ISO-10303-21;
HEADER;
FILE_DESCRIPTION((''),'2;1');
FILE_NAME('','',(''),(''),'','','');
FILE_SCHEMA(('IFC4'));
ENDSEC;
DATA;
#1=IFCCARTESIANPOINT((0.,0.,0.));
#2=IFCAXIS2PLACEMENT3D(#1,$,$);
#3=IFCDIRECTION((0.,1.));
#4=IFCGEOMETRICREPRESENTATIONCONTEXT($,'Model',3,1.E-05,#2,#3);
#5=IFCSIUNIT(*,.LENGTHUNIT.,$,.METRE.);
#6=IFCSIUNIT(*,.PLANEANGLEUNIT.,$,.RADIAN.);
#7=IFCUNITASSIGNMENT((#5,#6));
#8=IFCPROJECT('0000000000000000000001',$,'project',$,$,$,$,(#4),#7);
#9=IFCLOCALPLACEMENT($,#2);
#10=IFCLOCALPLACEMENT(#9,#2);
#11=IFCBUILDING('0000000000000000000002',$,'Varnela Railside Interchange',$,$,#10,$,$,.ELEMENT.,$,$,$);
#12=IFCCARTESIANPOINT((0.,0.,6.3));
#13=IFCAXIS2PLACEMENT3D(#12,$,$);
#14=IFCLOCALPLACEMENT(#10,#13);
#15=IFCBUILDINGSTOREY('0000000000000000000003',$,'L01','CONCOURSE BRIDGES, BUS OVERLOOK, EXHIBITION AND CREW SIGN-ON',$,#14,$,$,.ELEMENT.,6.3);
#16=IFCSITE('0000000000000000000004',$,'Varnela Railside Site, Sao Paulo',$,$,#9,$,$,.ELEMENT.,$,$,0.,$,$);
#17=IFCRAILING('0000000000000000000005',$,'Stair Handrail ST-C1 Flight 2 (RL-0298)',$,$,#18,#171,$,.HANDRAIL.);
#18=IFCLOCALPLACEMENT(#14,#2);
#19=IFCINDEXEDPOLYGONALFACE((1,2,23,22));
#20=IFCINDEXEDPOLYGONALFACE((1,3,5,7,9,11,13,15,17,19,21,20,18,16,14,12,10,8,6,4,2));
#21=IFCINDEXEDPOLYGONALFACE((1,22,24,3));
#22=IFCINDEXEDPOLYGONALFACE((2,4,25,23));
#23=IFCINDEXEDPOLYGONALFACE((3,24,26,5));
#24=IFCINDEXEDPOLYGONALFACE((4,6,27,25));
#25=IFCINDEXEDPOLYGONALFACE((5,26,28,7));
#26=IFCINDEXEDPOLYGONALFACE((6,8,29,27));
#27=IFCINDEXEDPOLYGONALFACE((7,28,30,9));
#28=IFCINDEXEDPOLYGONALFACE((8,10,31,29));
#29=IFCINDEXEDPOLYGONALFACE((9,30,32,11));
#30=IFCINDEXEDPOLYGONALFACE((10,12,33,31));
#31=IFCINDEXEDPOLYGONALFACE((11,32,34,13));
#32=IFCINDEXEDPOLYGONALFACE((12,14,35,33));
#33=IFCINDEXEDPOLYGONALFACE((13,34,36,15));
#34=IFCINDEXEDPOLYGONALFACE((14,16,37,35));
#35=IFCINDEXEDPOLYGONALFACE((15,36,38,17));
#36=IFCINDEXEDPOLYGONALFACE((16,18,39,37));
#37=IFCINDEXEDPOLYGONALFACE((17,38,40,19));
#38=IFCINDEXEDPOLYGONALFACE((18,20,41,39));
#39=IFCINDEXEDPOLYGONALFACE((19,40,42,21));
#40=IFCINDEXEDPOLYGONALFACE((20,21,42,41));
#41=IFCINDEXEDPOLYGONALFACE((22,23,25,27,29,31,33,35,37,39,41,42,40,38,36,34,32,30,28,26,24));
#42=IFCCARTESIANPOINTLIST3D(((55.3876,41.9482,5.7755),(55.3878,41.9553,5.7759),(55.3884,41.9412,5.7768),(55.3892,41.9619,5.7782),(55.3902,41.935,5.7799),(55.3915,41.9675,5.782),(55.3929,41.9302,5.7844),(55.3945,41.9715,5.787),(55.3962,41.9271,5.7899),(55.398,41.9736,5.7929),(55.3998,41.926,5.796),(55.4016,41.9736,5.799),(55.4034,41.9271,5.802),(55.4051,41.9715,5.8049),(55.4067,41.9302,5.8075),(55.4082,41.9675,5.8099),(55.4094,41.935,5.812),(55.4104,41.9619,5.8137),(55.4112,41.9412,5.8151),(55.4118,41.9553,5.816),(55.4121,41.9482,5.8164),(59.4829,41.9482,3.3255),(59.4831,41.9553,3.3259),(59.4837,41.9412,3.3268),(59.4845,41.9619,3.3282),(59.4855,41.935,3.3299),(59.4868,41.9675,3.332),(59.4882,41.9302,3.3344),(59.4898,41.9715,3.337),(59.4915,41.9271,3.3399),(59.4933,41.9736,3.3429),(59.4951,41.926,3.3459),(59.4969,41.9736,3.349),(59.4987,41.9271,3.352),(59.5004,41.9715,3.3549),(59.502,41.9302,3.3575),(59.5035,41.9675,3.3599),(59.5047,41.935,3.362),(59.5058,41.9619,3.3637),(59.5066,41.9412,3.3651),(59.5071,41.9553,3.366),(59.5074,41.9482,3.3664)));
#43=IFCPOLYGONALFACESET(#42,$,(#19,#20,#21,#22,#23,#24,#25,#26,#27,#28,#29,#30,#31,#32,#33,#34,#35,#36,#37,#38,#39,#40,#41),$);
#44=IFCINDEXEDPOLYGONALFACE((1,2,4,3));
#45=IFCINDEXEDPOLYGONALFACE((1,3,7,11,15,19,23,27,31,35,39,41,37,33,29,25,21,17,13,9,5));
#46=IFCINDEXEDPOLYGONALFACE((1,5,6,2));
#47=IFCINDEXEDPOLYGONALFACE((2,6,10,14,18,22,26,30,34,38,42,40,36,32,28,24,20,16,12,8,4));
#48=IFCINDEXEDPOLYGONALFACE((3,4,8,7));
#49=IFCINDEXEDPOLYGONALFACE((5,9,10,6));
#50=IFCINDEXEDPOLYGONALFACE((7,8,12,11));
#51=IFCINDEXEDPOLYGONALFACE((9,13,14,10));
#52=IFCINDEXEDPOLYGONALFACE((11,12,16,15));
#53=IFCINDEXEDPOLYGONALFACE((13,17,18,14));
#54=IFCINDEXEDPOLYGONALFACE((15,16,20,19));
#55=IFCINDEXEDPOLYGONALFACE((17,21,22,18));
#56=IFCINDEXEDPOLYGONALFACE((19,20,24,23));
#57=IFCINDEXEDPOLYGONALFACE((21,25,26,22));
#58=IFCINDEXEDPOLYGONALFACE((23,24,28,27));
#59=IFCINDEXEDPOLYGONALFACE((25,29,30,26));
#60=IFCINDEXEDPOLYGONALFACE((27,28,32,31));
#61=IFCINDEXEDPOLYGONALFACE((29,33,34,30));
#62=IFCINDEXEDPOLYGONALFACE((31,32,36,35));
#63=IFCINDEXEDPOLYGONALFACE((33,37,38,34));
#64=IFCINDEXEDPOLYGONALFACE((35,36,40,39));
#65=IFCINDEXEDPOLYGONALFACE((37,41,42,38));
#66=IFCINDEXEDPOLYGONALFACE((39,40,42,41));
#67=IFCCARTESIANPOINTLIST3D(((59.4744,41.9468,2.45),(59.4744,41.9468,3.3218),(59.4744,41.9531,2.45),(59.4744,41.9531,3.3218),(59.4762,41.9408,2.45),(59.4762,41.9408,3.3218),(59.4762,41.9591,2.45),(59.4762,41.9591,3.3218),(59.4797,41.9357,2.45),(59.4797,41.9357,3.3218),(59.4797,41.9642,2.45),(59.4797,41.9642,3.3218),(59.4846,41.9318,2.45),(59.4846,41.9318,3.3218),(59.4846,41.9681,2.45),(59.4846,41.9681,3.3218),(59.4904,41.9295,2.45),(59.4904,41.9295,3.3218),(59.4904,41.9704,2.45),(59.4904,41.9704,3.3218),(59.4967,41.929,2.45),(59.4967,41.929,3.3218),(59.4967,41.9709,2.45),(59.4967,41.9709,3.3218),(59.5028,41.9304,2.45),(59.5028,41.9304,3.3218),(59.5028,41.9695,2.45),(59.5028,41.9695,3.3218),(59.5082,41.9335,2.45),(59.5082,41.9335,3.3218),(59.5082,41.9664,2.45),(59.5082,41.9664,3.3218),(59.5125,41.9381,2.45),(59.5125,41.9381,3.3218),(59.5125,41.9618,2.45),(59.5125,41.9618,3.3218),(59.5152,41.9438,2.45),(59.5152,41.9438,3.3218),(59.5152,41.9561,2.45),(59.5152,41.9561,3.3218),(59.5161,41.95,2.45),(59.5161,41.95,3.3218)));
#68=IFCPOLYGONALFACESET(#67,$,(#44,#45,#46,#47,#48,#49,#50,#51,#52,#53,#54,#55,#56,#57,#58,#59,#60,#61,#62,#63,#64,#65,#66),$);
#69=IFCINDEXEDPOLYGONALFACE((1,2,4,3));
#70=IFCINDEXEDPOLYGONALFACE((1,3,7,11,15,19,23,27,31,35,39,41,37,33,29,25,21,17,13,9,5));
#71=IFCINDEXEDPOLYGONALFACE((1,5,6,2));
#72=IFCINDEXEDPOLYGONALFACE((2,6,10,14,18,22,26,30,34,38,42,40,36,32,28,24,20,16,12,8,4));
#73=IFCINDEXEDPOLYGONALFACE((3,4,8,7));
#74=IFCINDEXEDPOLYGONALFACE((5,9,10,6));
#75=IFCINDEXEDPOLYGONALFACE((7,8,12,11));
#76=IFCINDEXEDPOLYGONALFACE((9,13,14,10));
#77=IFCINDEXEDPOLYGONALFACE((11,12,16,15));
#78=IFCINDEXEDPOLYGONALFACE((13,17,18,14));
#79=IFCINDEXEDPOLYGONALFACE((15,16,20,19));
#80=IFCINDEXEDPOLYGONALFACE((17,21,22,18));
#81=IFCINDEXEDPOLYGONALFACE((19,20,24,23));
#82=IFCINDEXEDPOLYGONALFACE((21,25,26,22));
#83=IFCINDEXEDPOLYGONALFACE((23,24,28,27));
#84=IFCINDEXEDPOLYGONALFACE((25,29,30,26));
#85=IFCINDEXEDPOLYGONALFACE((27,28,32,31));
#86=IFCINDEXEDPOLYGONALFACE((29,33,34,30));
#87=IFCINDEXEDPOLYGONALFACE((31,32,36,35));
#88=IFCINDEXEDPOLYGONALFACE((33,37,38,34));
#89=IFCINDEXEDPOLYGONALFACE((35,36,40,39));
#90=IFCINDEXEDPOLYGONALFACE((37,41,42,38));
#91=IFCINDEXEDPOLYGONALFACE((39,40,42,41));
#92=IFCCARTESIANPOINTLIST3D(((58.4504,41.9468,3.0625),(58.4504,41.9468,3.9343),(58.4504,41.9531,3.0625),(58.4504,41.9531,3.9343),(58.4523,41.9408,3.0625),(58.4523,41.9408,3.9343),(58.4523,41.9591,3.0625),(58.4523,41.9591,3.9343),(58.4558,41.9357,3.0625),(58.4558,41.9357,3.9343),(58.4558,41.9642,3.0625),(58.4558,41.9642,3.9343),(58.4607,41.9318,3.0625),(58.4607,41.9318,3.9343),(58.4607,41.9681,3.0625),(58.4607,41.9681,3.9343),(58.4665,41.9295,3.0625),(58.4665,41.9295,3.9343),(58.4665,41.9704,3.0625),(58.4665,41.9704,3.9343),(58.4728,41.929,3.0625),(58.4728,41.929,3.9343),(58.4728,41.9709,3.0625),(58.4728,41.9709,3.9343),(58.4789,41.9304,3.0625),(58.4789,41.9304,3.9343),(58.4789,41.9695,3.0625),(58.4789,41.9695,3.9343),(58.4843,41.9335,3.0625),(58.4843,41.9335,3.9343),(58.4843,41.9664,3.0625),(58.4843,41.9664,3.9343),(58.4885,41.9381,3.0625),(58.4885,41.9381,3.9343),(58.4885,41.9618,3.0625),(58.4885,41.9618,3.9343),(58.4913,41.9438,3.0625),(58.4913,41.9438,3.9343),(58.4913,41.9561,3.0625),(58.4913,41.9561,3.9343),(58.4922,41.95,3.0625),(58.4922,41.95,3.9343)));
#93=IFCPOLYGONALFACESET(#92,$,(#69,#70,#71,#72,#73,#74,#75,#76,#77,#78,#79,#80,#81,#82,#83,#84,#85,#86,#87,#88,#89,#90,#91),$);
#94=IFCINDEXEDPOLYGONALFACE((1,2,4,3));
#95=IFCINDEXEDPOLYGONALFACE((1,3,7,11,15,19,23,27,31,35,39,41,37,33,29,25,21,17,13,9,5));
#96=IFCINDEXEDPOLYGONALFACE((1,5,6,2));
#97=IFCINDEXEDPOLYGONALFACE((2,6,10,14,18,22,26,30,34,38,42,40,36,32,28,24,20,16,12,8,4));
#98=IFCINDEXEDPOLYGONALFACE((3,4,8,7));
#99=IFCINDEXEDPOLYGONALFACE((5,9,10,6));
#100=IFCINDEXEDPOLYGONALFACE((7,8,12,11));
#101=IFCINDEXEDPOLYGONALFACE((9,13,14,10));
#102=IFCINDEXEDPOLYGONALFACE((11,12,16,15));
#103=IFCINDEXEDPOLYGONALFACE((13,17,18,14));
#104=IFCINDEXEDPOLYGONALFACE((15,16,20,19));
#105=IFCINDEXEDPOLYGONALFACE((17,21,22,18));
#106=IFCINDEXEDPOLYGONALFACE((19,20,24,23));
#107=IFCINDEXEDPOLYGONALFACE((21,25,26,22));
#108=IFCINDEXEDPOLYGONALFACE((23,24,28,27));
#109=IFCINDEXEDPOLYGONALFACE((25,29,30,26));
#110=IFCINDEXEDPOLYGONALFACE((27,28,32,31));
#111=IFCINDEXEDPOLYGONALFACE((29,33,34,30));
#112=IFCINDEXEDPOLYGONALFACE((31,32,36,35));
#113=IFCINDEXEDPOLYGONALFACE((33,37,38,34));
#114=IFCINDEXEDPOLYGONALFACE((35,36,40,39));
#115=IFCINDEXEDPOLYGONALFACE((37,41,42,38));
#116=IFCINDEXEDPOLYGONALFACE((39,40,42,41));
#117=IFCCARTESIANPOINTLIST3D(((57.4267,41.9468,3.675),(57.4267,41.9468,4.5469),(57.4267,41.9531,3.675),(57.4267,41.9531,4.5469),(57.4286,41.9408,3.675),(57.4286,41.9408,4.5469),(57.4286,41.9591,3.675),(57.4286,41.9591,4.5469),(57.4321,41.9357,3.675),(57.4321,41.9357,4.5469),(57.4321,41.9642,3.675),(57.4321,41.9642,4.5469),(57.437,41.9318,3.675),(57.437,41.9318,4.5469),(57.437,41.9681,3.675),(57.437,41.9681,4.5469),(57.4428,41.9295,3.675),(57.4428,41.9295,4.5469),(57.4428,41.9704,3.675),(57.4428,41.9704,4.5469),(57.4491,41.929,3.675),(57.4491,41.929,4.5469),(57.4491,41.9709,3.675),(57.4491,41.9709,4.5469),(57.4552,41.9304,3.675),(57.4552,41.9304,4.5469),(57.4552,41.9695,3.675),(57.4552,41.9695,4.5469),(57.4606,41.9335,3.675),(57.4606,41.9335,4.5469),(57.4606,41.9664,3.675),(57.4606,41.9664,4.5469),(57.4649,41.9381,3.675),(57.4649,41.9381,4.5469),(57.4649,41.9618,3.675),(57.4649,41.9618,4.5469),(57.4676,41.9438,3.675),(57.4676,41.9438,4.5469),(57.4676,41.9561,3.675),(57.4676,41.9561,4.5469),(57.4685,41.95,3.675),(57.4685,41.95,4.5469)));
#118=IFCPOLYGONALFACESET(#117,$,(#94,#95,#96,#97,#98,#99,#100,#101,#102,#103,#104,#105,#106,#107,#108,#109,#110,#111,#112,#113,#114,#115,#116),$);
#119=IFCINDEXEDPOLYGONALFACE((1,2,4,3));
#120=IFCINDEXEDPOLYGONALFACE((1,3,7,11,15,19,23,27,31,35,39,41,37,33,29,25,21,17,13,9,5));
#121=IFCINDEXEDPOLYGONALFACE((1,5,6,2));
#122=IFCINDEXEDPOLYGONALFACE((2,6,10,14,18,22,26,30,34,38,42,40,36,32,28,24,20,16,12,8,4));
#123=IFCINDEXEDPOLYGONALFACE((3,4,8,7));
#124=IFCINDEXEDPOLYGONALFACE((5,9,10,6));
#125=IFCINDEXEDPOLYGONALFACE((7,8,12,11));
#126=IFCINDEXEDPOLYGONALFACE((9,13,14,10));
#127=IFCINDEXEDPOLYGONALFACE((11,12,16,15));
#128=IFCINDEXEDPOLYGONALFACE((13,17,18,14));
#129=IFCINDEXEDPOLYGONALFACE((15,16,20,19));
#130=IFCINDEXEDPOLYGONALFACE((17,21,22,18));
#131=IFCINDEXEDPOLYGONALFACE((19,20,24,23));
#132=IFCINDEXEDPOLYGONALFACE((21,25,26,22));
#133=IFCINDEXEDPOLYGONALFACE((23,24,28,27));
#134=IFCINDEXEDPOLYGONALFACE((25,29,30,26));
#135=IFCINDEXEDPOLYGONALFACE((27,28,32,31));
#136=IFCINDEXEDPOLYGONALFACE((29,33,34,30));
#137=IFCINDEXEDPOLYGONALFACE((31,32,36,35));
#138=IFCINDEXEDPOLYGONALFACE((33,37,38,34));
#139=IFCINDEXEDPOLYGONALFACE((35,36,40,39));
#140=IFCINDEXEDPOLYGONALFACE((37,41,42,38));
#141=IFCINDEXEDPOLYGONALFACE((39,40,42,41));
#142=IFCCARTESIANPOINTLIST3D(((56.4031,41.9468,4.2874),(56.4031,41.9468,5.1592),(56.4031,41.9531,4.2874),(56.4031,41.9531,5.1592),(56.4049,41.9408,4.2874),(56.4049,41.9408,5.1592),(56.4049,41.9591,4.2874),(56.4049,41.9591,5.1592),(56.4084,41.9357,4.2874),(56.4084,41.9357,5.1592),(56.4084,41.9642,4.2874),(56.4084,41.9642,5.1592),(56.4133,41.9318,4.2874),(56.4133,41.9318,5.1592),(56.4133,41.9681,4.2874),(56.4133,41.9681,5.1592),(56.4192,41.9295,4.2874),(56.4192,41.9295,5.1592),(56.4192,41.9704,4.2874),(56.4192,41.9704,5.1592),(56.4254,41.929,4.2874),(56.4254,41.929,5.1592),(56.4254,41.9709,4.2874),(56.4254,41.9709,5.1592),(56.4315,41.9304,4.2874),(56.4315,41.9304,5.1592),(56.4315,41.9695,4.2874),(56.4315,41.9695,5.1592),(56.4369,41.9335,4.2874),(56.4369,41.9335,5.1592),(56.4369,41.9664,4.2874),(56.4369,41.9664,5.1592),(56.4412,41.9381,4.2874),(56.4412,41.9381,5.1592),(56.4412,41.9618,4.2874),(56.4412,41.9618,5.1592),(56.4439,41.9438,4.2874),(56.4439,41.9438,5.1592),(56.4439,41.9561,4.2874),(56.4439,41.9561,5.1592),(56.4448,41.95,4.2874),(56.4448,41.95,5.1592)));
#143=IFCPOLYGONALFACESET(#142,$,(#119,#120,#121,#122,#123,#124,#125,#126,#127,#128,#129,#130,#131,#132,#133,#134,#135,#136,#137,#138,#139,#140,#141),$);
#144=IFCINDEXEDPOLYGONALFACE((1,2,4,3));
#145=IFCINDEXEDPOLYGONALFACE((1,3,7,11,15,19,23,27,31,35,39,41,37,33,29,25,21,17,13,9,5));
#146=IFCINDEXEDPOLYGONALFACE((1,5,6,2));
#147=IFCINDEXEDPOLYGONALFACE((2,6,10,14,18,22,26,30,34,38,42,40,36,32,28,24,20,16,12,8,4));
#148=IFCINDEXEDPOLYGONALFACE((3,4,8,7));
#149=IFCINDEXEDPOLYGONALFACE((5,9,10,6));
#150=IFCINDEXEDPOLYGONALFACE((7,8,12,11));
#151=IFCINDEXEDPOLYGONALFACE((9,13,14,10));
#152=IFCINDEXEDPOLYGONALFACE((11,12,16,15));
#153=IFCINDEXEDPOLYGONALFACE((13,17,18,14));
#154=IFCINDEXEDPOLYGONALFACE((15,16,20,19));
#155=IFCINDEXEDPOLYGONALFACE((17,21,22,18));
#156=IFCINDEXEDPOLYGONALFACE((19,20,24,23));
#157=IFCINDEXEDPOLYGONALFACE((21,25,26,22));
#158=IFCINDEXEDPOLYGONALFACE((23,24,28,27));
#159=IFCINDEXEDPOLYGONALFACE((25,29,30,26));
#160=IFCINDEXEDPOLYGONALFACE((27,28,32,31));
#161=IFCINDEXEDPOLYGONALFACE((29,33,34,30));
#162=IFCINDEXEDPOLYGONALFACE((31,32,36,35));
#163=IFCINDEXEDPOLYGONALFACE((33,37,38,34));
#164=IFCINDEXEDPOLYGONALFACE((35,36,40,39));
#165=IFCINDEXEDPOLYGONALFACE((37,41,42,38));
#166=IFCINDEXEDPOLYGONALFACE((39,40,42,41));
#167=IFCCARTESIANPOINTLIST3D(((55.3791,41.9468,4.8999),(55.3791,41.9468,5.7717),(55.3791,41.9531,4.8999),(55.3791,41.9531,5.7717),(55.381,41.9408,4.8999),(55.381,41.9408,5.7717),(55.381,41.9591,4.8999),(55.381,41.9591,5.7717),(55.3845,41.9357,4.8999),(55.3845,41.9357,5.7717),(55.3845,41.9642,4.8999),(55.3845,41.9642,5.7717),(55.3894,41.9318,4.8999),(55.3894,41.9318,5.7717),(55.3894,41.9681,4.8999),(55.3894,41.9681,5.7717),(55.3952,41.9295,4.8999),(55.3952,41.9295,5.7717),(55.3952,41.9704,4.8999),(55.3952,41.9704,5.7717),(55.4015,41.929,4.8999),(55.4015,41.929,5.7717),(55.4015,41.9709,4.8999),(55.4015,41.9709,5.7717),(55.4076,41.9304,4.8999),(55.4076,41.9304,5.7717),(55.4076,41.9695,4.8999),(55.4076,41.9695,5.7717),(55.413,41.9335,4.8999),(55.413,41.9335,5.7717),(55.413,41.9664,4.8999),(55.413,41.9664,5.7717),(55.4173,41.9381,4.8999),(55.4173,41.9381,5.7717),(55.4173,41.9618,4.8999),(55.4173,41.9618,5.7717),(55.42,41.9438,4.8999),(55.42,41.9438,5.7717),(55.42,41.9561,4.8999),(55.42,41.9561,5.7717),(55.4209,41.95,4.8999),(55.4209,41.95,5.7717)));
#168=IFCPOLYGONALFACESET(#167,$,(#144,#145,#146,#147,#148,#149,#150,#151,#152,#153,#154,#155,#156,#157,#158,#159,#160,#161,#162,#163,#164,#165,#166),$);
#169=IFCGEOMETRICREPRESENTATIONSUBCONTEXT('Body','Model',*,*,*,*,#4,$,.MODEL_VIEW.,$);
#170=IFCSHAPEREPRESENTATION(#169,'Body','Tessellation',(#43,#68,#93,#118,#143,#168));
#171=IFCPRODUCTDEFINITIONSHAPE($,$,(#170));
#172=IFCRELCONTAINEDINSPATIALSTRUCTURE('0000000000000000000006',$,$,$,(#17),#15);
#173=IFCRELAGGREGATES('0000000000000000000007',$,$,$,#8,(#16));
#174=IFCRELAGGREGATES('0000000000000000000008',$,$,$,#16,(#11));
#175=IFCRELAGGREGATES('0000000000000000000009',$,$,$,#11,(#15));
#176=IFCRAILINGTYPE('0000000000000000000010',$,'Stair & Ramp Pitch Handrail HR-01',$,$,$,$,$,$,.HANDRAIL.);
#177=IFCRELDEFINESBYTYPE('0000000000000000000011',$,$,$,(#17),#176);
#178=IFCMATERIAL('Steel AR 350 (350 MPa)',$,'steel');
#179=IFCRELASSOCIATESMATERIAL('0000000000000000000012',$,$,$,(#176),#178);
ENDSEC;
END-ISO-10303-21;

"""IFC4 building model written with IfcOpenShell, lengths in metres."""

from ifc_helpers import new_model, si_unit, direction, frame, origin, origin_2d, place, context, subcontext, project, spatial, circle, extrude, material, type_object, element, save


model = new_model("IFC4")

# Units and contexts
model_context = context("Model", 3, precision=1e-05, world=origin(), true_north=direction((0.0, 1.0)))
body_context = subcontext(model_context, "Body", "Model", "MODEL_VIEW")
ifc_project = project(units=[si_unit("LENGTHUNIT", "METRE"), si_unit("PLANEANGLEUNIT", "RADIAN")], contexts=[model_context])

# Site, building, storey
site_placement = place(None, origin())
site = spatial("IfcSite", under=ifc_project, at=site_placement, Name="Varnela Railside Site, Sao Paulo", CompositionType="ELEMENT", RefElevation=0.0)
building_placement = place(site_placement, origin())
building = spatial("IfcBuilding", under=site, at=building_placement, Name="Varnela Railside Interchange", CompositionType="ELEMENT")
storey_placement = place(building_placement, frame((0.0, 0.0, 6.3)))
storey = spatial("IfcBuildingStorey", under=building, at=storey_placement, Name="L01", Description="CONCOURSE BRIDGES, BUS OVERLOOK, EXHIBITION AND CREW SIGN-ON", CompositionType="ELEMENT", Elevation=6.3)

# Shared definitions
ifc_material_1 = material(Name="Steel AR 350 (350 MPa)", Category="steel")

# Railing
railing_type_1 = type_object("IfcRailingType", Name="Stair & Ramp Pitch Handrail HR-01", PredefinedType="HANDRAIL", material=ifc_material_1)
railing_1_placement = place(storey_placement, frame((59.4951, 41.95, 2.45)))
element("IfcRailing", 1, at=railing_1_placement, inside=storey, type_object=railing_type_1, Name="Stair Handrail ST-C1 Flight 2 (RL-0298)", PredefinedType="HANDRAIL", context=body_context, shape_type="SweptSolid", body=[
    extrude(circle(Radius=0.0239, at=origin_2d()), frame((0.0, 0.0, 0.896), z_axis=(-0.858156, 0.0, 0.513389), x_axis=(0.0, -1.0, 0.0)), (0.0, 0.0, 1.0), 4.7722),
    extrude(circle(Radius=0.021, at=origin_2d()), origin(), (0.0, 0.0, 1.0), 0.8718),
    extrude(circle(Radius=0.021, at=origin_2d()), frame((-1.0239, 0.0, 0.6125)), (0.0, 0.0, 1.0), 0.8718),
    extrude(circle(Radius=0.021, at=origin_2d()), frame((-2.0476, 0.0, 1.2251)), (0.0, 0.0, 1.0), 0.8718),
    extrude(circle(Radius=0.021, at=origin_2d()), frame((-3.0713, 0.0, 1.8374)), (0.0, 0.0, 1.0), 0.8718),
    extrude(circle(Radius=0.021, at=origin_2d()), frame((-4.0952, 0.0, 2.45)), (0.0, 0.0, 1.0), 0.8718),
])

save(model, "model.ifc")
